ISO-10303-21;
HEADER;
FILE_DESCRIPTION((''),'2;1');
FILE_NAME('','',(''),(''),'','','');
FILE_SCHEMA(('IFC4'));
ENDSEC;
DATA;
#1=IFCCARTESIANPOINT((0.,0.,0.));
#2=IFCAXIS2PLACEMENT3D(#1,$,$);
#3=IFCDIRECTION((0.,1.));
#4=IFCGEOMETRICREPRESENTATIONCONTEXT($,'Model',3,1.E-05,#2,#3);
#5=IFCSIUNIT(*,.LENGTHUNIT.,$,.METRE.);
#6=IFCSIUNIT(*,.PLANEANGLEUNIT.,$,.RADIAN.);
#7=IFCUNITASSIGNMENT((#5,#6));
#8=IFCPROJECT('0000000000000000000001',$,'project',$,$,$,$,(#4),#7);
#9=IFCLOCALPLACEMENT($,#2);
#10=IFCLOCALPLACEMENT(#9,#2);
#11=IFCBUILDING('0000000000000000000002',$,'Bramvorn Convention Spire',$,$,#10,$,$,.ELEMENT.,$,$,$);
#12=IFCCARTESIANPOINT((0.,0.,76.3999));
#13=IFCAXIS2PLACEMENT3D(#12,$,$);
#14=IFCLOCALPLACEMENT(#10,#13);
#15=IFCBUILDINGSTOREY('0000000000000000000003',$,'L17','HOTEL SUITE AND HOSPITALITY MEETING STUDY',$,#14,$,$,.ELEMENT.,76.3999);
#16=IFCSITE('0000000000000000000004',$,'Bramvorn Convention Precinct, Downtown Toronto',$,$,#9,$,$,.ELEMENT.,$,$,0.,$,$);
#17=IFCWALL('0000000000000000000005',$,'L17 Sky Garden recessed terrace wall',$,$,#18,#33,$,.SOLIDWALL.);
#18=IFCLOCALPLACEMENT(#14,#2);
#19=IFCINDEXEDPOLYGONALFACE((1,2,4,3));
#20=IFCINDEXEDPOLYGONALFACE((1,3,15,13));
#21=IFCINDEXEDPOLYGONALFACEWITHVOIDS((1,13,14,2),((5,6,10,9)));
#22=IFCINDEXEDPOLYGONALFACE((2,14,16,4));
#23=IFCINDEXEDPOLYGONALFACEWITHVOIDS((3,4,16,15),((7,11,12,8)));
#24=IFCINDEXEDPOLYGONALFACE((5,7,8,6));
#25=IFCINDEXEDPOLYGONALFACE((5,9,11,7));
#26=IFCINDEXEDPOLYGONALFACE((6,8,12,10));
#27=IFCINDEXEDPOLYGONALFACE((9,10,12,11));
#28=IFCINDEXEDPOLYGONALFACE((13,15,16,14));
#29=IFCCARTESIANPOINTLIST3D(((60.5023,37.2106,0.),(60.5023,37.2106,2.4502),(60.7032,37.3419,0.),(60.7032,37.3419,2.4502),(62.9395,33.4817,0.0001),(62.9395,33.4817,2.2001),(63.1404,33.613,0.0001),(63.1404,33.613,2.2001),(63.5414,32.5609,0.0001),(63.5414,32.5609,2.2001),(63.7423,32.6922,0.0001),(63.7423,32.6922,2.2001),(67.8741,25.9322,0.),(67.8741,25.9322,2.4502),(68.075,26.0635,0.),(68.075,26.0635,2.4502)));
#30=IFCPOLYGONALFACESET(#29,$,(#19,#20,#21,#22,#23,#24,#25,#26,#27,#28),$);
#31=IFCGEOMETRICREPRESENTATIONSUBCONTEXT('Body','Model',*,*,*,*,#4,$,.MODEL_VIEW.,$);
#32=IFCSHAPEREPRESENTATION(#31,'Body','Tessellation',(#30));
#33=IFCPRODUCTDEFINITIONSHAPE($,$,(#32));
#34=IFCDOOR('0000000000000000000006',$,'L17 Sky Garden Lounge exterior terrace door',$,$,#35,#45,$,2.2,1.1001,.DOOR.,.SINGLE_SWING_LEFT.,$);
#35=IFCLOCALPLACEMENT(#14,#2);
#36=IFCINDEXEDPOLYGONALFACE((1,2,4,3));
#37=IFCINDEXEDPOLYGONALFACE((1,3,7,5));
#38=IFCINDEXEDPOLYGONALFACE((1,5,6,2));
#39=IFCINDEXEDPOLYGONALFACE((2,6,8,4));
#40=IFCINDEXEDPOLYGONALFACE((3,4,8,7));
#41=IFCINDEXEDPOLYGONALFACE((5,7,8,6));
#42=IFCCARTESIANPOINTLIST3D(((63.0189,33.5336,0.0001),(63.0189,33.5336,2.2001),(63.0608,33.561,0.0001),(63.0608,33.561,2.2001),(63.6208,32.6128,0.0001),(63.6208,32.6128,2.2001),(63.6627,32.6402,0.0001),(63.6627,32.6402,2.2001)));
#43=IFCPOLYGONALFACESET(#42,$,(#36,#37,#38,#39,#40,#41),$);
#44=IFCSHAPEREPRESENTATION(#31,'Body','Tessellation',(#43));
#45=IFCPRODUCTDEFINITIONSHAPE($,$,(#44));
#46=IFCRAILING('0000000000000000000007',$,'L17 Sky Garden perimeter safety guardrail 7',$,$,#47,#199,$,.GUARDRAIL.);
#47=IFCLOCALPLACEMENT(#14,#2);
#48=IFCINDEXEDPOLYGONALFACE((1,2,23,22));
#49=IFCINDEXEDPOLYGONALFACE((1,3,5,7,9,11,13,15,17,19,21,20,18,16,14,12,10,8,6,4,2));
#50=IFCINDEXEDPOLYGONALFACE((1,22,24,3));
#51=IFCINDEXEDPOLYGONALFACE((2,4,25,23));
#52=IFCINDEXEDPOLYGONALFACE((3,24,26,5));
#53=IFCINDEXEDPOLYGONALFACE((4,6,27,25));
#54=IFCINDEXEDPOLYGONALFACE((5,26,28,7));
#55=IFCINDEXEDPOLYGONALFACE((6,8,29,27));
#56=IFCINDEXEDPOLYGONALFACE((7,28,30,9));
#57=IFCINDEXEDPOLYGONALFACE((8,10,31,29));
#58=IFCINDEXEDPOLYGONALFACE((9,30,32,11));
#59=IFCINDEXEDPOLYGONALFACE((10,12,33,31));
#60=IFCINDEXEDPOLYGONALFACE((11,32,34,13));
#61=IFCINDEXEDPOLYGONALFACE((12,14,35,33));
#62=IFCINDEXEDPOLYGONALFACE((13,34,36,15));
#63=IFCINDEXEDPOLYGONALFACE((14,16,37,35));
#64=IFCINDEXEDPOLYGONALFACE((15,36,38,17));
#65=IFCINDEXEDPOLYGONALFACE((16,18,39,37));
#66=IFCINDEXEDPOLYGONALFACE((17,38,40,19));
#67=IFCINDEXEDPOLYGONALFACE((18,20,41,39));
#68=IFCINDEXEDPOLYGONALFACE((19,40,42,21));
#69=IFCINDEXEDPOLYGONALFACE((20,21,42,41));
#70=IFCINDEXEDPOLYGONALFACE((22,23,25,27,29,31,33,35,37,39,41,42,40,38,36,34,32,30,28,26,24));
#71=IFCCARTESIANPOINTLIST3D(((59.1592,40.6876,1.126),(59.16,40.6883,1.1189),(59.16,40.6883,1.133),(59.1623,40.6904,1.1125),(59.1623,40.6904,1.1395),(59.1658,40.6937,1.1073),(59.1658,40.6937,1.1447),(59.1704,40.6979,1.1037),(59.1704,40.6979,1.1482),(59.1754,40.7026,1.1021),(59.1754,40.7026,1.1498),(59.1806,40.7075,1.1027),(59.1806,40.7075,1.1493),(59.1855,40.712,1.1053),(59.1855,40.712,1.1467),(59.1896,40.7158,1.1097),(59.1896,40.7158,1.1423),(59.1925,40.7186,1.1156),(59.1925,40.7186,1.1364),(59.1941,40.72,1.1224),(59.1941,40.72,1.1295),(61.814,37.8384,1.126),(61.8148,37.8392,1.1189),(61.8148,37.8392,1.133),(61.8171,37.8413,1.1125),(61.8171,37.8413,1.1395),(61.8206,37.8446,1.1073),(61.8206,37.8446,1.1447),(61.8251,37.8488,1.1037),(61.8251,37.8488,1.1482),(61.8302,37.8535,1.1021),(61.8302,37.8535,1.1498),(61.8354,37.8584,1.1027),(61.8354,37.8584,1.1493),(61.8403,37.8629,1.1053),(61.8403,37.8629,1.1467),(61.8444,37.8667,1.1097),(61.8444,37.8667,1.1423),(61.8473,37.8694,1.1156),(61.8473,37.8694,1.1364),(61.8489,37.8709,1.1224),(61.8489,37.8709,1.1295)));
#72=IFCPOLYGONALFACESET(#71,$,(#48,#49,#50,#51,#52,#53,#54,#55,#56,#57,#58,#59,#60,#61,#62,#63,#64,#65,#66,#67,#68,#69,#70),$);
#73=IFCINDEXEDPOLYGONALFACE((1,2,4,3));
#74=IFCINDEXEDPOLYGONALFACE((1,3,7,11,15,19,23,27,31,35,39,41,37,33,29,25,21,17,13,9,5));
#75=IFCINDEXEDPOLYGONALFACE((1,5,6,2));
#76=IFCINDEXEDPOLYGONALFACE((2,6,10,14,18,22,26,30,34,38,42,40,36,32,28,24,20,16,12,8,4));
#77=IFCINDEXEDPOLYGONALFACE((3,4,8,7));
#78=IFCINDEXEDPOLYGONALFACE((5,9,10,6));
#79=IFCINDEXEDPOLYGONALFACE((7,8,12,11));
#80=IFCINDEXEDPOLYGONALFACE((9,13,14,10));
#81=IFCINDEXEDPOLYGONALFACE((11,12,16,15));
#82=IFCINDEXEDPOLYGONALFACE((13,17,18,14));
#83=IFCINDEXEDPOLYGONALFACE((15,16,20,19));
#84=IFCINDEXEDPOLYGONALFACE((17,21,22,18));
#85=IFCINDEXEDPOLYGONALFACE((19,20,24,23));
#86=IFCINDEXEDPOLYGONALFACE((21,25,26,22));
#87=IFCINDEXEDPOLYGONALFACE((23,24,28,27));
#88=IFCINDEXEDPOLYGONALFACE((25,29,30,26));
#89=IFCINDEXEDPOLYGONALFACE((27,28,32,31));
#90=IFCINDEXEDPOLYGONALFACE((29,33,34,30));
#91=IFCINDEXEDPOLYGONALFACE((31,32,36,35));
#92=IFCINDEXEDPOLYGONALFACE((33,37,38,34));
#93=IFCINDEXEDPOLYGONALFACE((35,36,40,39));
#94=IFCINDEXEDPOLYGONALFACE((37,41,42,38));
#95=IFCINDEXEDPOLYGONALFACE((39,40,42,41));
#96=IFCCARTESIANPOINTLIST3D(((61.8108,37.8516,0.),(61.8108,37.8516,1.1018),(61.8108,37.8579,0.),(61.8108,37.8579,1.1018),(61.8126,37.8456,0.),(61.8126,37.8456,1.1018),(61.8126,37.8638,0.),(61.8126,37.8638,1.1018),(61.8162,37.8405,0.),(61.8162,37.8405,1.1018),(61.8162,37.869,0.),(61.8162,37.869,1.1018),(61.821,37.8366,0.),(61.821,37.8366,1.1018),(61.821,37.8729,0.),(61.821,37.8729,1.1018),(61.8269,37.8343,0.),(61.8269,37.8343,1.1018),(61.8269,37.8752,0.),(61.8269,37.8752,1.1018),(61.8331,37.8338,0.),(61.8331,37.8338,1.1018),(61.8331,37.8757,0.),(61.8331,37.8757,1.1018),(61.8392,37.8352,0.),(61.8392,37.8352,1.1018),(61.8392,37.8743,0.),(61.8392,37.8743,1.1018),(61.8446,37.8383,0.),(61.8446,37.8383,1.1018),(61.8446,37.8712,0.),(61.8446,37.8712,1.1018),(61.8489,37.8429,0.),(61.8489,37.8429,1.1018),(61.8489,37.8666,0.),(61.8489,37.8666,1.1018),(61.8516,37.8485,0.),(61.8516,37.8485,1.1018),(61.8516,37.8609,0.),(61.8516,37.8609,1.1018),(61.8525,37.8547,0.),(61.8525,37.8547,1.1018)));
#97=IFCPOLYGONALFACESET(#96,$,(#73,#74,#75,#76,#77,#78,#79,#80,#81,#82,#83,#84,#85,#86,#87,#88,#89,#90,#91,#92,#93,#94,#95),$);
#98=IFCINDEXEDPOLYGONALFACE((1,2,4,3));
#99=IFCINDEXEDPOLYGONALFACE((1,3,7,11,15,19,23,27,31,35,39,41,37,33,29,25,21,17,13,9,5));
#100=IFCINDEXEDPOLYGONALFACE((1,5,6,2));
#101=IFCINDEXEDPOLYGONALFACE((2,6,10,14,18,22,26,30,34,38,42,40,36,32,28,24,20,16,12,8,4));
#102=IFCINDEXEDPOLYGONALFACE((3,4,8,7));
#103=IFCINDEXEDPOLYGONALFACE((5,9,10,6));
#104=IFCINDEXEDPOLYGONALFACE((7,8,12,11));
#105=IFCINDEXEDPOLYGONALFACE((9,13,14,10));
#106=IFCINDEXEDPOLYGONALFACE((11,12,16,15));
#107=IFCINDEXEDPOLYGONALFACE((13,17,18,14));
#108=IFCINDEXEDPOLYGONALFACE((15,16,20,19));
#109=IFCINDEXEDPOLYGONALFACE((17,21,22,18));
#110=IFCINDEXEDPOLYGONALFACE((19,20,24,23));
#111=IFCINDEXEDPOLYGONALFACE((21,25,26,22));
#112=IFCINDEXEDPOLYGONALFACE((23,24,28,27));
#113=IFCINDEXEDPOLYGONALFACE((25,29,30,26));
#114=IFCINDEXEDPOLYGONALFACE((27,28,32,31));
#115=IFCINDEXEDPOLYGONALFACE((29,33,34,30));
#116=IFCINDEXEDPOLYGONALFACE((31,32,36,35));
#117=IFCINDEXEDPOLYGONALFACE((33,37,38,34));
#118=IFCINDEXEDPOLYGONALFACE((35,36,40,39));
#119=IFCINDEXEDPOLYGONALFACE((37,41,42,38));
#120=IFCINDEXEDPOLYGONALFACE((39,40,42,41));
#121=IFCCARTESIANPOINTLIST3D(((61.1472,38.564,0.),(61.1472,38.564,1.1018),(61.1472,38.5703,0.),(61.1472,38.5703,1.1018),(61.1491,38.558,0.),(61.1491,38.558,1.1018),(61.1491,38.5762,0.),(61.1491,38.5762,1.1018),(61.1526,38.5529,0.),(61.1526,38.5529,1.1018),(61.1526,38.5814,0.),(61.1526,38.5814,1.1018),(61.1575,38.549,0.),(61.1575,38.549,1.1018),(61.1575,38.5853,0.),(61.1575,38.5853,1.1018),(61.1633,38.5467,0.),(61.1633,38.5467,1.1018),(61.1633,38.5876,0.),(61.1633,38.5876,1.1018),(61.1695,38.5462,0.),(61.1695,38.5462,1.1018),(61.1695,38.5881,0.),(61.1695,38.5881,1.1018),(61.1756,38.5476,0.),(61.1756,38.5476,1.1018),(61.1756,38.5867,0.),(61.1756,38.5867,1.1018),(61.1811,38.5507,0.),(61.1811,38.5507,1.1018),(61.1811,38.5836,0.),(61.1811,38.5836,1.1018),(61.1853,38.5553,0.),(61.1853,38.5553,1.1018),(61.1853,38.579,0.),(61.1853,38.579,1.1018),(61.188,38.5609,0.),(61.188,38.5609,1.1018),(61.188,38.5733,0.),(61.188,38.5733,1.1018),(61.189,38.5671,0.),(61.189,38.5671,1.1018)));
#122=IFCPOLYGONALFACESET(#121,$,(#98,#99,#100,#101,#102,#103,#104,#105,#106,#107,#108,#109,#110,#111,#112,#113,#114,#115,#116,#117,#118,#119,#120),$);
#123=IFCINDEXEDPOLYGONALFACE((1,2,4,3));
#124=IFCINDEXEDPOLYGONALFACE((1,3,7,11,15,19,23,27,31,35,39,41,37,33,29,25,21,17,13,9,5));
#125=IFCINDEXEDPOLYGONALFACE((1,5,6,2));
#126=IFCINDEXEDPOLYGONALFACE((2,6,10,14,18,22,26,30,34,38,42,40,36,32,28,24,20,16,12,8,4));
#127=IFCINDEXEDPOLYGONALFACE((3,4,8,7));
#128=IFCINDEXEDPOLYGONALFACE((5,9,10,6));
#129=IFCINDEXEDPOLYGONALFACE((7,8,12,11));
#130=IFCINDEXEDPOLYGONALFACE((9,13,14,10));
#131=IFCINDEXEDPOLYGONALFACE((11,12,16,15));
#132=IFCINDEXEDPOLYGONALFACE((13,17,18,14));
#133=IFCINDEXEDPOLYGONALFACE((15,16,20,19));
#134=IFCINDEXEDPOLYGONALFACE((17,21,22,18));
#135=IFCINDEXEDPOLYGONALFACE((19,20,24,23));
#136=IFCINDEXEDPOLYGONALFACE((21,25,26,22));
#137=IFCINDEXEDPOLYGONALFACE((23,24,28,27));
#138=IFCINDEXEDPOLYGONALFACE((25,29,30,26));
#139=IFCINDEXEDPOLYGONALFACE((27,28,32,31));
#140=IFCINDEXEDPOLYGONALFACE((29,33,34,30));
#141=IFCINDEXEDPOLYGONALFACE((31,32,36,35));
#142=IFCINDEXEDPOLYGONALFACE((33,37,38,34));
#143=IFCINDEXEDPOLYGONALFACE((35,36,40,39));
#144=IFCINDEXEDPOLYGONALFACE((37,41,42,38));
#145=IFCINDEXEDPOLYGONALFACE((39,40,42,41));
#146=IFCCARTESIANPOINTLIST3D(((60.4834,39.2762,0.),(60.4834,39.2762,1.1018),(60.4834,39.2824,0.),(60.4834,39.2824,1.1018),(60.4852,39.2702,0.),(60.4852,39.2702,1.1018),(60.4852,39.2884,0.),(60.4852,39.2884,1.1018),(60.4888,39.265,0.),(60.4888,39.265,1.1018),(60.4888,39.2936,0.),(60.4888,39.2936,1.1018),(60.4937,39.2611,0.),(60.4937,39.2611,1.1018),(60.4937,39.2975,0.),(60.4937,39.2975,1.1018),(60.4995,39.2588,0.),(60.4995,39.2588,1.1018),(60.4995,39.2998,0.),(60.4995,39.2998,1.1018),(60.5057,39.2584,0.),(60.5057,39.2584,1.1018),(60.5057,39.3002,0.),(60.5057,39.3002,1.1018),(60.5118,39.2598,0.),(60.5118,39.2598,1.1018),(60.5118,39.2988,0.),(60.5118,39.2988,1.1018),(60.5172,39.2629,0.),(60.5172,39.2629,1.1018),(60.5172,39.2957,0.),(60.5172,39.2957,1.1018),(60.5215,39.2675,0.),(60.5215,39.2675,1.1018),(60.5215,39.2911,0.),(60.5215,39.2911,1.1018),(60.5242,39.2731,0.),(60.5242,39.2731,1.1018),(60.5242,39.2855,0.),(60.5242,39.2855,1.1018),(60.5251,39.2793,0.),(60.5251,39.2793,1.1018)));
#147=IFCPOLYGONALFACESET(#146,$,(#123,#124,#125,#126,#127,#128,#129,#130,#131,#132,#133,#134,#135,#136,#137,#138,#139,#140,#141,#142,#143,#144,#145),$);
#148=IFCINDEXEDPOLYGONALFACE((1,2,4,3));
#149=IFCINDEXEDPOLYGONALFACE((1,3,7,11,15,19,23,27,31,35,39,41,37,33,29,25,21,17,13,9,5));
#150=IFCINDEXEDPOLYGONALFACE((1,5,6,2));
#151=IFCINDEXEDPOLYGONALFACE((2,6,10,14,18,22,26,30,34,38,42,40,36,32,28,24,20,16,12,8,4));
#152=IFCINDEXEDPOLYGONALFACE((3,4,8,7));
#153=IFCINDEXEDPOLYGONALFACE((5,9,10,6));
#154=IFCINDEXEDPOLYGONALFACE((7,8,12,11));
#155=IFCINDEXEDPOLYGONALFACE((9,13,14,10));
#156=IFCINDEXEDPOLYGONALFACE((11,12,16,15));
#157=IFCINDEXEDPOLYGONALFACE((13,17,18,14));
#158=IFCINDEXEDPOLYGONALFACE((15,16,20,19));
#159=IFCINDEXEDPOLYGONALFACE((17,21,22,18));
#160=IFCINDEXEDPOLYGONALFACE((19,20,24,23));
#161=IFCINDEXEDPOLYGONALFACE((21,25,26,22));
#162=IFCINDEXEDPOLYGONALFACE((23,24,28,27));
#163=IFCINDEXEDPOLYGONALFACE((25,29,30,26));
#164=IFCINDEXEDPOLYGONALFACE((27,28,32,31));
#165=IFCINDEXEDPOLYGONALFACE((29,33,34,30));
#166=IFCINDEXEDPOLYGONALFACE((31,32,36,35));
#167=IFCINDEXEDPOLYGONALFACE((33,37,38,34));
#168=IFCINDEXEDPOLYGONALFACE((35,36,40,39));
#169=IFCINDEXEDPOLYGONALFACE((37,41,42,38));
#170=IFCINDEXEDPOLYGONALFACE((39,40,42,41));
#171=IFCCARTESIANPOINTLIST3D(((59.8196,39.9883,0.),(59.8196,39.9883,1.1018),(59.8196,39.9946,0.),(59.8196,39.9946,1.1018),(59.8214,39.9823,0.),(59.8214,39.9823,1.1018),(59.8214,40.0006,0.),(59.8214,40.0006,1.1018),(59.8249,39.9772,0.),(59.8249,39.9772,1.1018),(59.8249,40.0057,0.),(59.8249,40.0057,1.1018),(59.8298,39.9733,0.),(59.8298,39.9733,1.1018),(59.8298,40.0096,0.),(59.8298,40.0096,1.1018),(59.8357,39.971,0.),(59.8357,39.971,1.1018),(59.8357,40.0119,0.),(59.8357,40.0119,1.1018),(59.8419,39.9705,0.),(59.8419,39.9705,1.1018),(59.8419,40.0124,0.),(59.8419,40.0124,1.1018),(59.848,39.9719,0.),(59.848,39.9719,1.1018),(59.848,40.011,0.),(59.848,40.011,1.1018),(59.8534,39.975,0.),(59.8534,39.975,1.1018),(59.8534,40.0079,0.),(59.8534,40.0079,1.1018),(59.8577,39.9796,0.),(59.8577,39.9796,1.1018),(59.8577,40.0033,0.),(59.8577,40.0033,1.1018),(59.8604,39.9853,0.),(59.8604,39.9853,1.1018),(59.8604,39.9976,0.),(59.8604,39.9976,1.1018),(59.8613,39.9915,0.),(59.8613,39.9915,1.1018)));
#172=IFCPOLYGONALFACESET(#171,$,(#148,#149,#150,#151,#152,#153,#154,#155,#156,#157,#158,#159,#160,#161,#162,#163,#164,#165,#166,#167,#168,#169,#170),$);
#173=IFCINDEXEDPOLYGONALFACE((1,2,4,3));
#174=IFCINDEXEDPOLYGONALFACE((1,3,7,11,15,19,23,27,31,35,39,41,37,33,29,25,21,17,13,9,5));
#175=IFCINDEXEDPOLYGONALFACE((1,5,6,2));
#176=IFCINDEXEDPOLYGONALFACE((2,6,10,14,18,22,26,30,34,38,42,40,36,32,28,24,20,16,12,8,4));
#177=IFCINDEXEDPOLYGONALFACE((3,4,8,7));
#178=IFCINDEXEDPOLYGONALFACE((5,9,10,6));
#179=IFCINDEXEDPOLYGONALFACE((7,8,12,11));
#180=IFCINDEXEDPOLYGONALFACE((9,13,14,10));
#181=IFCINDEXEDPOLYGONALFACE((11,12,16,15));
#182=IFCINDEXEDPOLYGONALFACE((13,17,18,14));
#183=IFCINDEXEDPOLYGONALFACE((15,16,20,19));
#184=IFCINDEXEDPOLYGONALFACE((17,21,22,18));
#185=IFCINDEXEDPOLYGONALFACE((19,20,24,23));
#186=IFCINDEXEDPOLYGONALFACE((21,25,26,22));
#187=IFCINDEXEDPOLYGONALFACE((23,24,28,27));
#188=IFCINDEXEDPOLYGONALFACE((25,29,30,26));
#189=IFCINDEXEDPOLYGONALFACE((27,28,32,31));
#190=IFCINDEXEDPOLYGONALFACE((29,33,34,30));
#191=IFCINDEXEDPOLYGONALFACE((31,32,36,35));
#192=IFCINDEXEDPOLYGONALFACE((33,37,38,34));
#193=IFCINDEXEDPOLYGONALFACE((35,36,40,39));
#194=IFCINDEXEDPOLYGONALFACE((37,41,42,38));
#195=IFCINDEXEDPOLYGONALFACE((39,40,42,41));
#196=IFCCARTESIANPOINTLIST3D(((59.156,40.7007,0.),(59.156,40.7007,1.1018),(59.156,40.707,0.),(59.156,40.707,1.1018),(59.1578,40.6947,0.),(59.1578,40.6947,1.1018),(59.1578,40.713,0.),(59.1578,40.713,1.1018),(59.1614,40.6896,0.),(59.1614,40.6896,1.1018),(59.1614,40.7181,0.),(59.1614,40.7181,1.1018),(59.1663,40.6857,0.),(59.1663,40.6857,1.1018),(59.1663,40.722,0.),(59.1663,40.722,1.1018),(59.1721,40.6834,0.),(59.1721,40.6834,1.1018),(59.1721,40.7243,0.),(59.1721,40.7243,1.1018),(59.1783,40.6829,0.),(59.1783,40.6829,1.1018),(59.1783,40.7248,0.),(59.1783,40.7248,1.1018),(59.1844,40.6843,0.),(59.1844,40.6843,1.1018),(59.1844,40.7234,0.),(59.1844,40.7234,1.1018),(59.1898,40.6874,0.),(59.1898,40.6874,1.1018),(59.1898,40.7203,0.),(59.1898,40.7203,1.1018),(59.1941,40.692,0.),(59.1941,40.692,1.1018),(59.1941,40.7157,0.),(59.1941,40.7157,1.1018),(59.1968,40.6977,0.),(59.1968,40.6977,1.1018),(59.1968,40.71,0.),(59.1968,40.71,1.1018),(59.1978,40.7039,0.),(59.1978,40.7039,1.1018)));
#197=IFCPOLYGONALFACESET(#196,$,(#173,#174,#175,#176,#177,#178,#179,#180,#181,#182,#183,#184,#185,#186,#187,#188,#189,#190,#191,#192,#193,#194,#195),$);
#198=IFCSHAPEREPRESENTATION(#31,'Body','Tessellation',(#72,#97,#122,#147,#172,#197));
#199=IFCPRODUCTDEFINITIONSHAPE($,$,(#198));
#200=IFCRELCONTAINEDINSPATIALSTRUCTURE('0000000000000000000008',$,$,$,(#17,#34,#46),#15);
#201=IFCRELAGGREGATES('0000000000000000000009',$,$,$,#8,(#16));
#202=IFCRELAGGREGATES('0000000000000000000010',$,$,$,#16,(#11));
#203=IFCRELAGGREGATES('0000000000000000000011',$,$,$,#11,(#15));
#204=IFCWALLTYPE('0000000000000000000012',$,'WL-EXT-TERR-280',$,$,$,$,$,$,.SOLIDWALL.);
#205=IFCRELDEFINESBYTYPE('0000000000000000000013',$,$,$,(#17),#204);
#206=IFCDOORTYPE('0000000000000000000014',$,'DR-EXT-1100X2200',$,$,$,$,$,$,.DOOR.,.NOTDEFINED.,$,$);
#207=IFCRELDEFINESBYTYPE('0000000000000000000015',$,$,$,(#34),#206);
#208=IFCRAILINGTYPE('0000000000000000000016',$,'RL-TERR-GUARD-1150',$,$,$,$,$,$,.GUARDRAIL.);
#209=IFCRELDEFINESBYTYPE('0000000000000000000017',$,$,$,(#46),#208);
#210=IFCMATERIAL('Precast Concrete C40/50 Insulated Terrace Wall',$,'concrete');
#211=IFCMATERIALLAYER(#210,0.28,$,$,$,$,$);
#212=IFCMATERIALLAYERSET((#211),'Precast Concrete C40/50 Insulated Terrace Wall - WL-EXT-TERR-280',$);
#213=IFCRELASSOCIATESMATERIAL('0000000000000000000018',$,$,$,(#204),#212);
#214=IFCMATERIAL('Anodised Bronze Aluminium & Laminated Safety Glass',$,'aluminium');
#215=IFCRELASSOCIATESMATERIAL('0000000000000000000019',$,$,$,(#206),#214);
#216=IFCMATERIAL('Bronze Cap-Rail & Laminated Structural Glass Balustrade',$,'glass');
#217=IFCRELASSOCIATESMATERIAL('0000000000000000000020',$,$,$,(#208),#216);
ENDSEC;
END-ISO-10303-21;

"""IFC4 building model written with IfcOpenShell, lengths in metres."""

from ifc_helpers import new_model, si_unit, direction, frame, frame_2d, origin, origin_2d, place, context, subcontext, project, spatial, rectangle, circle, extrude, material, layer, layer_set, type_object, element, fill, save


model = new_model("IFC4")

# Units and contexts
model_context = context("Model", 3, precision=1e-05, world=origin(), true_north=direction((0.0, 1.0)))
body_context = subcontext(model_context, "Body", "Model", "MODEL_VIEW")
ifc_project = project(units=[si_unit("LENGTHUNIT", "METRE"), si_unit("PLANEANGLEUNIT", "RADIAN")], contexts=[model_context])

# Site, building, storey
site_placement = place(None, origin())
site = spatial("IfcSite", under=ifc_project, at=site_placement, Name="Bramvorn Convention Precinct, Downtown Toronto", CompositionType="ELEMENT", RefElevation=0.0)
building_placement = place(site_placement, origin())
building = spatial("IfcBuilding", under=site, at=building_placement, Name="Bramvorn Convention Spire", CompositionType="ELEMENT")
storey_placement = place(building_placement, frame((0.0, 0.0, 76.3999)))
storey = spatial("IfcBuildingStorey", under=building, at=storey_placement, Name="L17", Description="HOTEL SUITE AND HOSPITALITY MEETING STUDY", CompositionType="ELEMENT", Elevation=76.3999)

# Wall, opening, door
ifc_material_1 = material(Name="Precast Concrete C40/50 Insulated Terrace Wall", Category="concrete")
ifc_layer_1 = layer(ifc_material_1, 0.28)
ifc_layer_set_1 = layer_set([ifc_layer_1], Name="Precast Concrete C40/50 Insulated Terrace Wall - WL-EXT-TERR-280")
wall_type = type_object("IfcWallType", Name="WL-EXT-TERR-280", PredefinedType="SOLIDWALL", material=ifc_layer_set_1)
wall_placement = place(storey_placement, frame((60.6028, 37.2761, 0.0), z_axis=(0.0, 0.0, 1.0), x_axis=(0.547121, -0.837053, 0.0)))
wall = element("IfcWall", 1, at=wall_placement, inside=storey, type_object=wall_type, Name="L17 Sky Garden recessed terrace wall", PredefinedType="SOLIDWALL", context=body_context, shape_type="SweptSolid", body=[
    extrude(rectangle(XDim=13.4739, YDim=0.24, at=frame_2d((6.7368, 0.0))), origin(), (0.0, 0.0, 1.0), 2.4502),
])
opening_placement = place(wall_placement, frame((4.4546, 0.0, 0.0)))
opening = element("IfcOpeningElement", 2, at=opening_placement, cuts=wall, PredefinedType="OPENING", context=body_context, shape_type="SweptSolid", body=[
    extrude(rectangle(XDim=1.1001, YDim=2.2, at=frame_2d((0.55, 1.1001))), frame((0.0, 0.1299, 0.0), z_axis=(0.0, -1.0, 0.0), x_axis=(1.0, 0.0, 0.0)), (0.0, 0.0, 1.0), 0.26),
])
ifc_material_2 = material(Name="Anodised Bronze Aluminium & Laminated Safety Glass", Category="aluminium")
door_type = type_object("IfcDoorType", Name="DR-EXT-1100X2200", OperationType="NOTDEFINED", PredefinedType="DOOR", material=ifc_material_2)
door_placement = place(opening_placement, origin())
door = element("IfcDoor", 3, at=door_placement, inside=storey, type_object=door_type, Name="L17 Sky Garden Lounge exterior terrace door", OperationType="SINGLE_SWING_LEFT", OverallHeight=2.2, OverallWidth=1.1001, PredefinedType="DOOR", context=body_context, shape_type="SweptSolid", body=[
    extrude(rectangle(XDim=1.1001, YDim=2.2, at=frame_2d((0.55, 1.1001))), frame((0.0, 0.0249, 0.0), z_axis=(0.0, -1.0, 0.0), x_axis=(1.0, 0.0, 0.0)), (0.0, 0.0, 1.0), 0.05),
])
fill(opening, door)

# Railing
ifc_material_3 = material(Name="Bronze Cap-Rail & Laminated Structural Glass Balustrade", Category="glass")
railing_type = type_object("IfcRailingType", Name="RL-TERR-GUARD-1150", PredefinedType="GUARDRAIL", material=ifc_material_3)
railing_1_placement = place(storey_placement, frame((61.8315, 37.8547, 0.0)))
element("IfcRailing", 4, at=railing_1_placement, inside=storey, type_object=railing_type, Name="L17 Sky Garden perimeter safety guardrail 7", PredefinedType="GUARDRAIL", context=body_context, shape_type="SweptSolid", body=[
    extrude(circle(Radius=0.0239, at=origin_2d()), frame((0.0, 0.0, 1.126), z_axis=(-0.681715, 0.731618, 0.0), x_axis=(-0.731618, -0.681715, 0.0)), (0.0, 0.0, 1.0), 3.8943),
    extrude(circle(Radius=0.021, at=origin_2d()), origin(), (0.0, 0.0, 1.0), 1.1018),
    extrude(circle(Radius=0.021, at=origin_2d()), frame((-0.6636, 0.7124, 0.0)), (0.0, 0.0, 1.0), 1.1018),
    extrude(circle(Radius=0.021, at=origin_2d()), frame((-1.3274, 1.4246, 0.0)), (0.0, 0.0, 1.0), 1.1018),
    extrude(circle(Radius=0.021, at=origin_2d()), frame((-1.9912, 2.1367, 0.0)), (0.0, 0.0, 1.0), 1.1018),
    extrude(circle(Radius=0.021, at=origin_2d()), frame((-2.6548, 2.8491, 0.0)), (0.0, 0.0, 1.0), 1.1018),
])

save(model, "model.ifc")
